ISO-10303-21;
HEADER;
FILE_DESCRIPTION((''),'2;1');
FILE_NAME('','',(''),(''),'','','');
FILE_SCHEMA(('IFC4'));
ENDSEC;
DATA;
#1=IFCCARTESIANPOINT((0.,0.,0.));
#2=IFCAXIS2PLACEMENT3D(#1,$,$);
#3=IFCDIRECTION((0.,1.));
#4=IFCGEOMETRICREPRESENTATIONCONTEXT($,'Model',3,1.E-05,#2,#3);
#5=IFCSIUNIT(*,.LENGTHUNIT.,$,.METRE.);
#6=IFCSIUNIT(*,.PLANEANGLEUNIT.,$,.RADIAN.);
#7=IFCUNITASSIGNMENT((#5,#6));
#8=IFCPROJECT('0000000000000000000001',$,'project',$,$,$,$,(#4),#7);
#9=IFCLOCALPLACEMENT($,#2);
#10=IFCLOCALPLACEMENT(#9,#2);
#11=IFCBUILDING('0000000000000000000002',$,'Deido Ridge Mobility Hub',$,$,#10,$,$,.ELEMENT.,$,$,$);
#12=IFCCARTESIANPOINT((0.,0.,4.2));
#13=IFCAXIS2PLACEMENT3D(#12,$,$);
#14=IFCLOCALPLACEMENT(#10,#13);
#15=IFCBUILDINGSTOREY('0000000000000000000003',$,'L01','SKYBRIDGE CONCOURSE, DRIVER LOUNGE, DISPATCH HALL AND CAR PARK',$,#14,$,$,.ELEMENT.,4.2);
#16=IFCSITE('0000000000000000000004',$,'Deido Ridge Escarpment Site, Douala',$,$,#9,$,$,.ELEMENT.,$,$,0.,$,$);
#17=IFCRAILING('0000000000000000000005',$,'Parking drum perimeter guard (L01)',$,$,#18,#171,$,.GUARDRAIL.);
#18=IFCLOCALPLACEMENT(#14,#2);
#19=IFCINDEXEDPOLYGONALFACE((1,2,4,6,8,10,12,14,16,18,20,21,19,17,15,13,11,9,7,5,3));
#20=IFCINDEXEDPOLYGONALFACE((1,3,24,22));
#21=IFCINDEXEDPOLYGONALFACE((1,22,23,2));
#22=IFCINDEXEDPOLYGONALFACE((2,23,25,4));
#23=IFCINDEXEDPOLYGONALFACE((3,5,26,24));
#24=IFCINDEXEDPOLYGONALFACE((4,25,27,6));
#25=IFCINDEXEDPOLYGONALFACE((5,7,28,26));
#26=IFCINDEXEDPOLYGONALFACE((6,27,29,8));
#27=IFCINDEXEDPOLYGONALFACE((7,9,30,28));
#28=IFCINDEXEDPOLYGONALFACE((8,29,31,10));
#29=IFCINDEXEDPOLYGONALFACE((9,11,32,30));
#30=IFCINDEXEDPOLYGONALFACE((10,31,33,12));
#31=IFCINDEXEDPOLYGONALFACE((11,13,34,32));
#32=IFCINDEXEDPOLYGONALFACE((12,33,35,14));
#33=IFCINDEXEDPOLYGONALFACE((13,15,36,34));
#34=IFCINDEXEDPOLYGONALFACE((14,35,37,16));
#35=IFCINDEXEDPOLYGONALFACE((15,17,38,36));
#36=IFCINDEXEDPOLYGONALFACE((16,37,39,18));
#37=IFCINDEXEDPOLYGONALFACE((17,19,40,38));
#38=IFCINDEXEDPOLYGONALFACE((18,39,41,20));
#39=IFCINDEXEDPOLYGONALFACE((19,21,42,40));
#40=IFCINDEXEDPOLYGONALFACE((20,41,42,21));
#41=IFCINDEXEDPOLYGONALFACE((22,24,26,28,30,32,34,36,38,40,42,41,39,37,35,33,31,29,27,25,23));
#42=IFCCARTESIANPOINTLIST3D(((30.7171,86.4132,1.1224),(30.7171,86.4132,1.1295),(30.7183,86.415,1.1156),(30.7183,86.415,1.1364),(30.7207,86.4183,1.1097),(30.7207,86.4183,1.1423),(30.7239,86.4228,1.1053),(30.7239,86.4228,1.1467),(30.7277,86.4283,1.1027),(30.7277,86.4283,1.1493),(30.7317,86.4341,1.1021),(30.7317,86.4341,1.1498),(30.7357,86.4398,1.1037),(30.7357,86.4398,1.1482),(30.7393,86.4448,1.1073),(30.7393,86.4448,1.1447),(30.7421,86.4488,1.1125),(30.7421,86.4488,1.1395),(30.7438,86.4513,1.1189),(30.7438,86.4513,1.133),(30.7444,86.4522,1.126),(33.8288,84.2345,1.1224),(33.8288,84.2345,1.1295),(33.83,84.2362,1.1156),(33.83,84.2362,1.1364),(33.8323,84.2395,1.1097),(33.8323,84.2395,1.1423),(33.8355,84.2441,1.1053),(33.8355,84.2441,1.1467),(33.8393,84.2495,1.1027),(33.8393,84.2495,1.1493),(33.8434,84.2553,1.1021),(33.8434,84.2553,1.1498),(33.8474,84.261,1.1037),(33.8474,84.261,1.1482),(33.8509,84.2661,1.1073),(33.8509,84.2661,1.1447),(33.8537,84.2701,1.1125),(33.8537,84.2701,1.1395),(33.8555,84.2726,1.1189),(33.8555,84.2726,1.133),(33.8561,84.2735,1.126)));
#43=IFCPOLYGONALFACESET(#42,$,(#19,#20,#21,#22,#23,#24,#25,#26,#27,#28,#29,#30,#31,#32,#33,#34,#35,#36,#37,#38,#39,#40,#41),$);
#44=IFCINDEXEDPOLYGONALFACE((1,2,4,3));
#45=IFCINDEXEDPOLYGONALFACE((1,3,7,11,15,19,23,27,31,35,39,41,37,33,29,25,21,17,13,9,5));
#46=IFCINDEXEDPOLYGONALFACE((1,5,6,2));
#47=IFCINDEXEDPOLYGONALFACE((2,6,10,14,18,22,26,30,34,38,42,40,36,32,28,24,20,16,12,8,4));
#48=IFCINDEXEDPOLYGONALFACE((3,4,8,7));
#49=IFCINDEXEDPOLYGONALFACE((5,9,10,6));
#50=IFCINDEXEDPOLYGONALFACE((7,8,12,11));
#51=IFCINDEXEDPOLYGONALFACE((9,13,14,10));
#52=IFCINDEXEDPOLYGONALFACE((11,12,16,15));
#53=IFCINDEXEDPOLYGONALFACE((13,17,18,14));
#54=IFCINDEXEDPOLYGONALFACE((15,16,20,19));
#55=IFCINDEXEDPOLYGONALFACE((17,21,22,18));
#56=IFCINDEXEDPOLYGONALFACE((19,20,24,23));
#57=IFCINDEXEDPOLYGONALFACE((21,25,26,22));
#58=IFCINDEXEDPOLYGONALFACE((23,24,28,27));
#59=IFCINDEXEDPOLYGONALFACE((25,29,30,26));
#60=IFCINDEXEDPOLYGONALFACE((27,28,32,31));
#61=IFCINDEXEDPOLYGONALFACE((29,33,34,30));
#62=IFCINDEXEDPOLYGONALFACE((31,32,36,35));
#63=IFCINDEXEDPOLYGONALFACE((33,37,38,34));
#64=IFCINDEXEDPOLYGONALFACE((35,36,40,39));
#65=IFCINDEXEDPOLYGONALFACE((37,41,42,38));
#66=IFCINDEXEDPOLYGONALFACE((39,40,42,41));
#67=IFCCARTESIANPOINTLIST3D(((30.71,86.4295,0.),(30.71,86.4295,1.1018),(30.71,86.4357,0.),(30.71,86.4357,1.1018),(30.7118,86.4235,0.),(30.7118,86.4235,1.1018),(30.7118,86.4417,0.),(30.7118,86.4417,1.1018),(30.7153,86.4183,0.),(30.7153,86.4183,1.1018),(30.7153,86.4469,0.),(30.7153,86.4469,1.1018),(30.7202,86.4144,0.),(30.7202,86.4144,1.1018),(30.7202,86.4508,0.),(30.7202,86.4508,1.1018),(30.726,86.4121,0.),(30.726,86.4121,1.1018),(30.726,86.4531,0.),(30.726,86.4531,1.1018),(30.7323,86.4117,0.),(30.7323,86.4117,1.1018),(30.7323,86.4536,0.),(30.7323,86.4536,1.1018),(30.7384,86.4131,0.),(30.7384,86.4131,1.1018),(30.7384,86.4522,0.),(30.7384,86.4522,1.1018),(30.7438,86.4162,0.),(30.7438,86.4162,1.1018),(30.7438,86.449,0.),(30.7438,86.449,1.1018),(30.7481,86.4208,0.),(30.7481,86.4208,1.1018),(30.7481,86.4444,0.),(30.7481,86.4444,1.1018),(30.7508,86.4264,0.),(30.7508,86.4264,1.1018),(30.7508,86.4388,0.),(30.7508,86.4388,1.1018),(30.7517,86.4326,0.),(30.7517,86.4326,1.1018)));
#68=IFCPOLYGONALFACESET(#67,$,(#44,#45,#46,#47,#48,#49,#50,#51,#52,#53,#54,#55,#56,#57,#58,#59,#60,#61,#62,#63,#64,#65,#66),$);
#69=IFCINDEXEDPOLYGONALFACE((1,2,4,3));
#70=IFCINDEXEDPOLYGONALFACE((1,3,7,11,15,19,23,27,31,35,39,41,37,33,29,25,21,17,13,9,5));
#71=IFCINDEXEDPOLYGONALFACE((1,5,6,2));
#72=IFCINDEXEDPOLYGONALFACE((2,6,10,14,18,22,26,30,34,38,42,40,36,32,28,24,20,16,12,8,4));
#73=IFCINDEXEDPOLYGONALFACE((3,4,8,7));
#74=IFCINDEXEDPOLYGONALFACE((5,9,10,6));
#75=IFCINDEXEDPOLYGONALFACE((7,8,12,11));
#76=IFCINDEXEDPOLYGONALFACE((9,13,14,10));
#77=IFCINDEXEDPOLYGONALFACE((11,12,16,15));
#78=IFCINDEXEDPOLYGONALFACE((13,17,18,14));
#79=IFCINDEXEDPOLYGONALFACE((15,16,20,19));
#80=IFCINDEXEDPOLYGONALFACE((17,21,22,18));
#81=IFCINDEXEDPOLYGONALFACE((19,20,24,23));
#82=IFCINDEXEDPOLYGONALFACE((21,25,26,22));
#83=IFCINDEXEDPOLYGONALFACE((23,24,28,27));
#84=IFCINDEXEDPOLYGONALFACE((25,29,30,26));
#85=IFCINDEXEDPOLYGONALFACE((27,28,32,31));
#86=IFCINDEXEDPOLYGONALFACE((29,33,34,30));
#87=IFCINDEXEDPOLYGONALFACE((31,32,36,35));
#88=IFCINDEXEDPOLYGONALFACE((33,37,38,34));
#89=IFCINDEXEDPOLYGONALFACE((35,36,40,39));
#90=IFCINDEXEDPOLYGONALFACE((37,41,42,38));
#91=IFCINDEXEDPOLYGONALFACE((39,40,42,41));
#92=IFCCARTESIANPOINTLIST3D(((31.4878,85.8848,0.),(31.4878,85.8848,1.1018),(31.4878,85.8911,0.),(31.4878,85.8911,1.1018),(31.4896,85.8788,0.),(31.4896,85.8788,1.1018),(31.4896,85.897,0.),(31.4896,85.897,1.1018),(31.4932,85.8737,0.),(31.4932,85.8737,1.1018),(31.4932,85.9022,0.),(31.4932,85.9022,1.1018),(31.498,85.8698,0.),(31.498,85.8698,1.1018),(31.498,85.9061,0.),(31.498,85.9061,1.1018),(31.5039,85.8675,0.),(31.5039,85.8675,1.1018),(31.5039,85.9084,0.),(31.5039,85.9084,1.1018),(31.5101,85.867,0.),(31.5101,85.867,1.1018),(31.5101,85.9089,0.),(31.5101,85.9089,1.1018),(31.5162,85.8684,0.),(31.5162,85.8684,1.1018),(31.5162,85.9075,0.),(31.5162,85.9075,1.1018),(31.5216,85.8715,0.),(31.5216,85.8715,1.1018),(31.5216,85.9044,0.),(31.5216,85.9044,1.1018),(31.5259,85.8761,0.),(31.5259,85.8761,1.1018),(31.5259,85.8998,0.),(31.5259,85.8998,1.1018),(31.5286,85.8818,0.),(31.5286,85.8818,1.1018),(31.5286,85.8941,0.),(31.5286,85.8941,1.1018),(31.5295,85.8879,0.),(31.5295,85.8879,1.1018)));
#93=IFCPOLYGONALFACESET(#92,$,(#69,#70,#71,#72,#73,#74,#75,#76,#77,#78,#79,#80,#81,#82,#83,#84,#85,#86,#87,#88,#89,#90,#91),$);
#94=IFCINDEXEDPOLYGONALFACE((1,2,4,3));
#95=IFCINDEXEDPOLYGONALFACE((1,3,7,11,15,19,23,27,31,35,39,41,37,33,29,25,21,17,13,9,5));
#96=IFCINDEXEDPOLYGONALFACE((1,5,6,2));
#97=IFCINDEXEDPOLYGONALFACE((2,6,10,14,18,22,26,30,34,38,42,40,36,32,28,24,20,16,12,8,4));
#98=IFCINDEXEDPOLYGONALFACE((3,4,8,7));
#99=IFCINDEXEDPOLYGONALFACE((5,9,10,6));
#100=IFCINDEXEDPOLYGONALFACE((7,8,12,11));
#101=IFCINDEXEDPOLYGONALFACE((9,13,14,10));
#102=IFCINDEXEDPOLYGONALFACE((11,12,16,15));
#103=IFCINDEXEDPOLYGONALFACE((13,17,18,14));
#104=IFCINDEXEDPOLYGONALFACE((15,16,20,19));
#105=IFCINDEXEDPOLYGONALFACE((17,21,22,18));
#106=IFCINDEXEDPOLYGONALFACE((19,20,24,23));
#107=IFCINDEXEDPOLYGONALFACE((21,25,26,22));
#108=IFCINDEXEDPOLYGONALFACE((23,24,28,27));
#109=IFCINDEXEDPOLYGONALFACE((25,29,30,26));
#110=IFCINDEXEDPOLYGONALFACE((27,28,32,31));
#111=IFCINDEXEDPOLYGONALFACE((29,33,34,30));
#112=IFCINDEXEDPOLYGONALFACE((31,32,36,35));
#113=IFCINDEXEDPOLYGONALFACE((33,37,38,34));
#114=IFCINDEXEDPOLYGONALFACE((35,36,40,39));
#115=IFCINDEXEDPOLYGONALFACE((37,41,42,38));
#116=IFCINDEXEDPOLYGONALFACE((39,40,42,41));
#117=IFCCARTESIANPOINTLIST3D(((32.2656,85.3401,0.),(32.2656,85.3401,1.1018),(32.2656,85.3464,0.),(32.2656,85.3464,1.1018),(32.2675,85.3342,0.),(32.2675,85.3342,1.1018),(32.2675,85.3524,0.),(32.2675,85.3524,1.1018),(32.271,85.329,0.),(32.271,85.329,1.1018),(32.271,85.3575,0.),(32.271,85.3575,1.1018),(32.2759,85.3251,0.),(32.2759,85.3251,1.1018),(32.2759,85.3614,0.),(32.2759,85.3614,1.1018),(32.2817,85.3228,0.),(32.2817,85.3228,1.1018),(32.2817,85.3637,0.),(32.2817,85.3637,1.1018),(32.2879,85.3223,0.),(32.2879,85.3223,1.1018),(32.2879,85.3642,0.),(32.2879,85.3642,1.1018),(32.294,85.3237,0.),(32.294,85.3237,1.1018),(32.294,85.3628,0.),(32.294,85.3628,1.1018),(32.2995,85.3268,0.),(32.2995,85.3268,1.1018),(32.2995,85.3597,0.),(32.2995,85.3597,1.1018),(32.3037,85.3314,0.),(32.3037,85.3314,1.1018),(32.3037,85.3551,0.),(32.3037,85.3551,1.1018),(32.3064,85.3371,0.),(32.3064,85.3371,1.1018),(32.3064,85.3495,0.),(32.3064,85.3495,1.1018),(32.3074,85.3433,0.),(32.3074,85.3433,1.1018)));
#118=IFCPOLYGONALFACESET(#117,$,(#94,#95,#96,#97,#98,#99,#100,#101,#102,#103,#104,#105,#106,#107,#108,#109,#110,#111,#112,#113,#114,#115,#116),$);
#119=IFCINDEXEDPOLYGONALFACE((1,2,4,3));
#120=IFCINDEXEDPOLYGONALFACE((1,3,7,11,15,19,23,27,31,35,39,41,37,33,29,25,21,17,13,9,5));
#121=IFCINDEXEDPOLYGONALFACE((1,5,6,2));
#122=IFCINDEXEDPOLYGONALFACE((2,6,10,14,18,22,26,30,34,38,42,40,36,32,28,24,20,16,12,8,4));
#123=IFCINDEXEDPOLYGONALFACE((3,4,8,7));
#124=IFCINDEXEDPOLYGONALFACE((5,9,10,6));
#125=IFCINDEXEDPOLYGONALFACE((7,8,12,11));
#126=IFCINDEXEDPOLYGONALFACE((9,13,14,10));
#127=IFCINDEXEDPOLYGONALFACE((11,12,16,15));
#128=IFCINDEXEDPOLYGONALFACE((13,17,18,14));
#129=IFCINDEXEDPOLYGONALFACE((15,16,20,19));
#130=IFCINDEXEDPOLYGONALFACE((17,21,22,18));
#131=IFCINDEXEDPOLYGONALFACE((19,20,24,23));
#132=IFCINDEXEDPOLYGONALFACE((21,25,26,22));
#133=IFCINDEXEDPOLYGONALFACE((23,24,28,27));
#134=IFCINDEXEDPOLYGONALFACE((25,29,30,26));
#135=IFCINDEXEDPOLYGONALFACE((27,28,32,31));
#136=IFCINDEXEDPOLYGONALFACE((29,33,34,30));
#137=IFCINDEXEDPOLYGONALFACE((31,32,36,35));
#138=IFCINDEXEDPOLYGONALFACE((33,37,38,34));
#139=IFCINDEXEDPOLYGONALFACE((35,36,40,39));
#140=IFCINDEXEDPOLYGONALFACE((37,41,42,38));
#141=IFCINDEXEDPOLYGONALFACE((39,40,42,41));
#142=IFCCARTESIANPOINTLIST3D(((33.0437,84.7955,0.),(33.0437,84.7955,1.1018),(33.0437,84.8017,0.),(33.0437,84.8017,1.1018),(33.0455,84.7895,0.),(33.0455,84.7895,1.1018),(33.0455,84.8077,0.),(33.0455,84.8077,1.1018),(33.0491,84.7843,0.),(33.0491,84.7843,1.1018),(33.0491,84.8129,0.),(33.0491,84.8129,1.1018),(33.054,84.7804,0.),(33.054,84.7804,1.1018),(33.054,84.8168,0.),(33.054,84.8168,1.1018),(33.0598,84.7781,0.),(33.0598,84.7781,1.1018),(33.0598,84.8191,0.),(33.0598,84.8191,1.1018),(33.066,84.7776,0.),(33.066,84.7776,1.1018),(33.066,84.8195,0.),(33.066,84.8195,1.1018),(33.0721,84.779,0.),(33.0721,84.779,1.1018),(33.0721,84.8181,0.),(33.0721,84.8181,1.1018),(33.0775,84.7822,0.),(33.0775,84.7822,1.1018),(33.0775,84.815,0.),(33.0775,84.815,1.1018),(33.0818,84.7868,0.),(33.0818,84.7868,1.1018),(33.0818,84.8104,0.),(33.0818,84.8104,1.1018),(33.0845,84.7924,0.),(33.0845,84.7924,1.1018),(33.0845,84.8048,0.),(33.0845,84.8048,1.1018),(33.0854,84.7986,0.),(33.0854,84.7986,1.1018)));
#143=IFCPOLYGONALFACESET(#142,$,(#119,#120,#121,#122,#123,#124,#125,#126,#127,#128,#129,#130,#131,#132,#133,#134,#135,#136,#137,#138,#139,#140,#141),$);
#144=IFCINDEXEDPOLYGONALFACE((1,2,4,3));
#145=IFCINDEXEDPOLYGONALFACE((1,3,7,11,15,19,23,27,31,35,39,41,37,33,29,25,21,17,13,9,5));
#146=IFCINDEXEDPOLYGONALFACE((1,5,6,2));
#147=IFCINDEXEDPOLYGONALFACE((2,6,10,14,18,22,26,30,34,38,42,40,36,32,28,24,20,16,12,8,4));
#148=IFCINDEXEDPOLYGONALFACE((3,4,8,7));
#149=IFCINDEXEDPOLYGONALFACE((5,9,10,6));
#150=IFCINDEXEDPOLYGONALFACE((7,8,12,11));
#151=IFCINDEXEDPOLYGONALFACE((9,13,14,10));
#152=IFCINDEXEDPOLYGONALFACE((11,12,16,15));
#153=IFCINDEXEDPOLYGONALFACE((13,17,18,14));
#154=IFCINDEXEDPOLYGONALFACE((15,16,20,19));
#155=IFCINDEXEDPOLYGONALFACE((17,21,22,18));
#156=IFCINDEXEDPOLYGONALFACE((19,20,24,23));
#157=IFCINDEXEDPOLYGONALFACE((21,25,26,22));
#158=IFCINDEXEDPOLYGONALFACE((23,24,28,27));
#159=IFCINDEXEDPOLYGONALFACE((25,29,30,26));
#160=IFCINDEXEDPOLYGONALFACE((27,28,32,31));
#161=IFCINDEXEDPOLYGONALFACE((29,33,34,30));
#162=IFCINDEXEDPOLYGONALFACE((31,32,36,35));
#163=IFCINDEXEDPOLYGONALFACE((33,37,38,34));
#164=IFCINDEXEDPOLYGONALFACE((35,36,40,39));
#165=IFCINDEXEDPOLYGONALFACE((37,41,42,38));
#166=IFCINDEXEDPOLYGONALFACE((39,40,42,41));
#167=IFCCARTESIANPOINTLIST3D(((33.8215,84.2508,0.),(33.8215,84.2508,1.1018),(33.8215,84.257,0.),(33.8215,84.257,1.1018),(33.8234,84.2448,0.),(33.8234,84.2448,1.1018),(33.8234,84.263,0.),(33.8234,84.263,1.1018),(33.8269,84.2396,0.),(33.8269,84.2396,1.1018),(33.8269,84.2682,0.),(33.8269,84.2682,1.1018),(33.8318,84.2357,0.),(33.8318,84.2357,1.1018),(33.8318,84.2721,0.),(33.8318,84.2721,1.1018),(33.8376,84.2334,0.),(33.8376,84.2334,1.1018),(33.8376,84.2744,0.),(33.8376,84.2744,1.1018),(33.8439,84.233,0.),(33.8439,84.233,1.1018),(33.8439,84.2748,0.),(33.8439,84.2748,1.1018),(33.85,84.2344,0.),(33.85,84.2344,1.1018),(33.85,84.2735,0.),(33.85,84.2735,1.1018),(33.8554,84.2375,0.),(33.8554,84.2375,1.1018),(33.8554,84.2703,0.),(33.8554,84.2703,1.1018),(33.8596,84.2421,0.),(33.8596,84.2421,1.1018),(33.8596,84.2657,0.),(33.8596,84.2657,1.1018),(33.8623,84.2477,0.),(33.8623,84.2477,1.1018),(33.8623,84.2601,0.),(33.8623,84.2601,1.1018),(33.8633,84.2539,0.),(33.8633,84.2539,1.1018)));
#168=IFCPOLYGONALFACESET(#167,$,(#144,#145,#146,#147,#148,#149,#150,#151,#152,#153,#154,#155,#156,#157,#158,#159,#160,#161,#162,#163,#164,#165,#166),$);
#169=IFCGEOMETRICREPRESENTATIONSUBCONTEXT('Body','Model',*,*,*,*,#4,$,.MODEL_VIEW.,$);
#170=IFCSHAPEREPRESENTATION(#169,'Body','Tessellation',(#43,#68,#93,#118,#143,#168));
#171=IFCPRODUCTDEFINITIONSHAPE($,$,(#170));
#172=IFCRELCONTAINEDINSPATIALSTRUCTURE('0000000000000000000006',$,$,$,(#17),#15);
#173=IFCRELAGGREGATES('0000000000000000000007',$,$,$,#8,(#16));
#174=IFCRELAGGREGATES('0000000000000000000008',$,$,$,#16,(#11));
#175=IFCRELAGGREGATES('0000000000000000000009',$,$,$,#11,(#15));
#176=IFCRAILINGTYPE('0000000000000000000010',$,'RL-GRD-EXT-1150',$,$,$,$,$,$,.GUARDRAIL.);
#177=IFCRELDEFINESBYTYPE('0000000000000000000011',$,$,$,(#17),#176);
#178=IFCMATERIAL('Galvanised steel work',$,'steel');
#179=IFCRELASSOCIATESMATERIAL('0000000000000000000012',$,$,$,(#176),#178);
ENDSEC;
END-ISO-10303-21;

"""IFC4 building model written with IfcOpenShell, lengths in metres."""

from ifc_helpers import new_model, si_unit, direction, frame, origin, origin_2d, place, context, subcontext, project, spatial, circle, extrude, material, type_object, element, save


model = new_model("IFC4")

# Units and contexts
model_context = context("Model", 3, precision=1e-05, world=origin(), true_north=direction((0.0, 1.0)))
body_context = subcontext(model_context, "Body", "Model", "MODEL_VIEW")
ifc_project = project(units=[si_unit("LENGTHUNIT", "METRE"), si_unit("PLANEANGLEUNIT", "RADIAN")], contexts=[model_context])

# Site, building, storey
site_placement = place(None, origin())
site = spatial("IfcSite", under=ifc_project, at=site_placement, Name="Deido Ridge Escarpment Site, Douala", CompositionType="ELEMENT", RefElevation=0.0)
building_placement = place(site_placement, origin())
building = spatial("IfcBuilding", under=site, at=building_placement, Name="Deido Ridge Mobility Hub", CompositionType="ELEMENT")
storey_placement = place(building_placement, frame((0.0, 0.0, 4.2)))
storey = spatial("IfcBuildingStorey", under=building, at=storey_placement, Name="L01", Description="SKYBRIDGE CONCOURSE, DRIVER LOUNGE, DISPATCH HALL AND CAR PARK", CompositionType="ELEMENT", Elevation=4.2)

# Railing
ifc_material_1 = material(Name="Galvanised steel work", Category="steel")
railing_type = type_object("IfcRailingType", Name="RL-GRD-EXT-1150", PredefinedType="GUARDRAIL", material=ifc_material_1)
railing_1_placement = place(storey_placement, frame((30.7307, 86.4326, 0.0)))
element("IfcRailing", 1, at=railing_1_placement, inside=storey, type_object=railing_type, Name="Parking drum perimeter guard (L01)", PredefinedType="GUARDRAIL", context=body_context, shape_type="SweptSolid", body=[
    extrude(circle(Radius=0.0239, at=origin_2d()), frame((0.0, 0.0, 1.126), z_axis=(0.819156, -0.57357, 0.0), x_axis=(0.57357, 0.819156, 0.0)), (0.0, 0.0, 1.0), 3.7986),
    extrude(circle(Radius=0.021, at=origin_2d()), origin(), (0.0, 0.0, 1.0), 1.1018),
    extrude(circle(Radius=0.021, at=origin_2d()), frame((0.7778, -0.5447, 0.0)), (0.0, 0.0, 1.0), 1.1018),
    extrude(circle(Radius=0.021, at=origin_2d()), frame((1.5557, -1.0894, 0.0)), (0.0, 0.0, 1.0), 1.1018),
    extrude(circle(Radius=0.021, at=origin_2d()), frame((2.3337, -1.634, 0.0)), (0.0, 0.0, 1.0), 1.1018),
    extrude(circle(Radius=0.021, at=origin_2d()), frame((3.1116, -2.1787, 0.0)), (0.0, 0.0, 1.0), 1.1018),
])

save(model, "model.ifc")
